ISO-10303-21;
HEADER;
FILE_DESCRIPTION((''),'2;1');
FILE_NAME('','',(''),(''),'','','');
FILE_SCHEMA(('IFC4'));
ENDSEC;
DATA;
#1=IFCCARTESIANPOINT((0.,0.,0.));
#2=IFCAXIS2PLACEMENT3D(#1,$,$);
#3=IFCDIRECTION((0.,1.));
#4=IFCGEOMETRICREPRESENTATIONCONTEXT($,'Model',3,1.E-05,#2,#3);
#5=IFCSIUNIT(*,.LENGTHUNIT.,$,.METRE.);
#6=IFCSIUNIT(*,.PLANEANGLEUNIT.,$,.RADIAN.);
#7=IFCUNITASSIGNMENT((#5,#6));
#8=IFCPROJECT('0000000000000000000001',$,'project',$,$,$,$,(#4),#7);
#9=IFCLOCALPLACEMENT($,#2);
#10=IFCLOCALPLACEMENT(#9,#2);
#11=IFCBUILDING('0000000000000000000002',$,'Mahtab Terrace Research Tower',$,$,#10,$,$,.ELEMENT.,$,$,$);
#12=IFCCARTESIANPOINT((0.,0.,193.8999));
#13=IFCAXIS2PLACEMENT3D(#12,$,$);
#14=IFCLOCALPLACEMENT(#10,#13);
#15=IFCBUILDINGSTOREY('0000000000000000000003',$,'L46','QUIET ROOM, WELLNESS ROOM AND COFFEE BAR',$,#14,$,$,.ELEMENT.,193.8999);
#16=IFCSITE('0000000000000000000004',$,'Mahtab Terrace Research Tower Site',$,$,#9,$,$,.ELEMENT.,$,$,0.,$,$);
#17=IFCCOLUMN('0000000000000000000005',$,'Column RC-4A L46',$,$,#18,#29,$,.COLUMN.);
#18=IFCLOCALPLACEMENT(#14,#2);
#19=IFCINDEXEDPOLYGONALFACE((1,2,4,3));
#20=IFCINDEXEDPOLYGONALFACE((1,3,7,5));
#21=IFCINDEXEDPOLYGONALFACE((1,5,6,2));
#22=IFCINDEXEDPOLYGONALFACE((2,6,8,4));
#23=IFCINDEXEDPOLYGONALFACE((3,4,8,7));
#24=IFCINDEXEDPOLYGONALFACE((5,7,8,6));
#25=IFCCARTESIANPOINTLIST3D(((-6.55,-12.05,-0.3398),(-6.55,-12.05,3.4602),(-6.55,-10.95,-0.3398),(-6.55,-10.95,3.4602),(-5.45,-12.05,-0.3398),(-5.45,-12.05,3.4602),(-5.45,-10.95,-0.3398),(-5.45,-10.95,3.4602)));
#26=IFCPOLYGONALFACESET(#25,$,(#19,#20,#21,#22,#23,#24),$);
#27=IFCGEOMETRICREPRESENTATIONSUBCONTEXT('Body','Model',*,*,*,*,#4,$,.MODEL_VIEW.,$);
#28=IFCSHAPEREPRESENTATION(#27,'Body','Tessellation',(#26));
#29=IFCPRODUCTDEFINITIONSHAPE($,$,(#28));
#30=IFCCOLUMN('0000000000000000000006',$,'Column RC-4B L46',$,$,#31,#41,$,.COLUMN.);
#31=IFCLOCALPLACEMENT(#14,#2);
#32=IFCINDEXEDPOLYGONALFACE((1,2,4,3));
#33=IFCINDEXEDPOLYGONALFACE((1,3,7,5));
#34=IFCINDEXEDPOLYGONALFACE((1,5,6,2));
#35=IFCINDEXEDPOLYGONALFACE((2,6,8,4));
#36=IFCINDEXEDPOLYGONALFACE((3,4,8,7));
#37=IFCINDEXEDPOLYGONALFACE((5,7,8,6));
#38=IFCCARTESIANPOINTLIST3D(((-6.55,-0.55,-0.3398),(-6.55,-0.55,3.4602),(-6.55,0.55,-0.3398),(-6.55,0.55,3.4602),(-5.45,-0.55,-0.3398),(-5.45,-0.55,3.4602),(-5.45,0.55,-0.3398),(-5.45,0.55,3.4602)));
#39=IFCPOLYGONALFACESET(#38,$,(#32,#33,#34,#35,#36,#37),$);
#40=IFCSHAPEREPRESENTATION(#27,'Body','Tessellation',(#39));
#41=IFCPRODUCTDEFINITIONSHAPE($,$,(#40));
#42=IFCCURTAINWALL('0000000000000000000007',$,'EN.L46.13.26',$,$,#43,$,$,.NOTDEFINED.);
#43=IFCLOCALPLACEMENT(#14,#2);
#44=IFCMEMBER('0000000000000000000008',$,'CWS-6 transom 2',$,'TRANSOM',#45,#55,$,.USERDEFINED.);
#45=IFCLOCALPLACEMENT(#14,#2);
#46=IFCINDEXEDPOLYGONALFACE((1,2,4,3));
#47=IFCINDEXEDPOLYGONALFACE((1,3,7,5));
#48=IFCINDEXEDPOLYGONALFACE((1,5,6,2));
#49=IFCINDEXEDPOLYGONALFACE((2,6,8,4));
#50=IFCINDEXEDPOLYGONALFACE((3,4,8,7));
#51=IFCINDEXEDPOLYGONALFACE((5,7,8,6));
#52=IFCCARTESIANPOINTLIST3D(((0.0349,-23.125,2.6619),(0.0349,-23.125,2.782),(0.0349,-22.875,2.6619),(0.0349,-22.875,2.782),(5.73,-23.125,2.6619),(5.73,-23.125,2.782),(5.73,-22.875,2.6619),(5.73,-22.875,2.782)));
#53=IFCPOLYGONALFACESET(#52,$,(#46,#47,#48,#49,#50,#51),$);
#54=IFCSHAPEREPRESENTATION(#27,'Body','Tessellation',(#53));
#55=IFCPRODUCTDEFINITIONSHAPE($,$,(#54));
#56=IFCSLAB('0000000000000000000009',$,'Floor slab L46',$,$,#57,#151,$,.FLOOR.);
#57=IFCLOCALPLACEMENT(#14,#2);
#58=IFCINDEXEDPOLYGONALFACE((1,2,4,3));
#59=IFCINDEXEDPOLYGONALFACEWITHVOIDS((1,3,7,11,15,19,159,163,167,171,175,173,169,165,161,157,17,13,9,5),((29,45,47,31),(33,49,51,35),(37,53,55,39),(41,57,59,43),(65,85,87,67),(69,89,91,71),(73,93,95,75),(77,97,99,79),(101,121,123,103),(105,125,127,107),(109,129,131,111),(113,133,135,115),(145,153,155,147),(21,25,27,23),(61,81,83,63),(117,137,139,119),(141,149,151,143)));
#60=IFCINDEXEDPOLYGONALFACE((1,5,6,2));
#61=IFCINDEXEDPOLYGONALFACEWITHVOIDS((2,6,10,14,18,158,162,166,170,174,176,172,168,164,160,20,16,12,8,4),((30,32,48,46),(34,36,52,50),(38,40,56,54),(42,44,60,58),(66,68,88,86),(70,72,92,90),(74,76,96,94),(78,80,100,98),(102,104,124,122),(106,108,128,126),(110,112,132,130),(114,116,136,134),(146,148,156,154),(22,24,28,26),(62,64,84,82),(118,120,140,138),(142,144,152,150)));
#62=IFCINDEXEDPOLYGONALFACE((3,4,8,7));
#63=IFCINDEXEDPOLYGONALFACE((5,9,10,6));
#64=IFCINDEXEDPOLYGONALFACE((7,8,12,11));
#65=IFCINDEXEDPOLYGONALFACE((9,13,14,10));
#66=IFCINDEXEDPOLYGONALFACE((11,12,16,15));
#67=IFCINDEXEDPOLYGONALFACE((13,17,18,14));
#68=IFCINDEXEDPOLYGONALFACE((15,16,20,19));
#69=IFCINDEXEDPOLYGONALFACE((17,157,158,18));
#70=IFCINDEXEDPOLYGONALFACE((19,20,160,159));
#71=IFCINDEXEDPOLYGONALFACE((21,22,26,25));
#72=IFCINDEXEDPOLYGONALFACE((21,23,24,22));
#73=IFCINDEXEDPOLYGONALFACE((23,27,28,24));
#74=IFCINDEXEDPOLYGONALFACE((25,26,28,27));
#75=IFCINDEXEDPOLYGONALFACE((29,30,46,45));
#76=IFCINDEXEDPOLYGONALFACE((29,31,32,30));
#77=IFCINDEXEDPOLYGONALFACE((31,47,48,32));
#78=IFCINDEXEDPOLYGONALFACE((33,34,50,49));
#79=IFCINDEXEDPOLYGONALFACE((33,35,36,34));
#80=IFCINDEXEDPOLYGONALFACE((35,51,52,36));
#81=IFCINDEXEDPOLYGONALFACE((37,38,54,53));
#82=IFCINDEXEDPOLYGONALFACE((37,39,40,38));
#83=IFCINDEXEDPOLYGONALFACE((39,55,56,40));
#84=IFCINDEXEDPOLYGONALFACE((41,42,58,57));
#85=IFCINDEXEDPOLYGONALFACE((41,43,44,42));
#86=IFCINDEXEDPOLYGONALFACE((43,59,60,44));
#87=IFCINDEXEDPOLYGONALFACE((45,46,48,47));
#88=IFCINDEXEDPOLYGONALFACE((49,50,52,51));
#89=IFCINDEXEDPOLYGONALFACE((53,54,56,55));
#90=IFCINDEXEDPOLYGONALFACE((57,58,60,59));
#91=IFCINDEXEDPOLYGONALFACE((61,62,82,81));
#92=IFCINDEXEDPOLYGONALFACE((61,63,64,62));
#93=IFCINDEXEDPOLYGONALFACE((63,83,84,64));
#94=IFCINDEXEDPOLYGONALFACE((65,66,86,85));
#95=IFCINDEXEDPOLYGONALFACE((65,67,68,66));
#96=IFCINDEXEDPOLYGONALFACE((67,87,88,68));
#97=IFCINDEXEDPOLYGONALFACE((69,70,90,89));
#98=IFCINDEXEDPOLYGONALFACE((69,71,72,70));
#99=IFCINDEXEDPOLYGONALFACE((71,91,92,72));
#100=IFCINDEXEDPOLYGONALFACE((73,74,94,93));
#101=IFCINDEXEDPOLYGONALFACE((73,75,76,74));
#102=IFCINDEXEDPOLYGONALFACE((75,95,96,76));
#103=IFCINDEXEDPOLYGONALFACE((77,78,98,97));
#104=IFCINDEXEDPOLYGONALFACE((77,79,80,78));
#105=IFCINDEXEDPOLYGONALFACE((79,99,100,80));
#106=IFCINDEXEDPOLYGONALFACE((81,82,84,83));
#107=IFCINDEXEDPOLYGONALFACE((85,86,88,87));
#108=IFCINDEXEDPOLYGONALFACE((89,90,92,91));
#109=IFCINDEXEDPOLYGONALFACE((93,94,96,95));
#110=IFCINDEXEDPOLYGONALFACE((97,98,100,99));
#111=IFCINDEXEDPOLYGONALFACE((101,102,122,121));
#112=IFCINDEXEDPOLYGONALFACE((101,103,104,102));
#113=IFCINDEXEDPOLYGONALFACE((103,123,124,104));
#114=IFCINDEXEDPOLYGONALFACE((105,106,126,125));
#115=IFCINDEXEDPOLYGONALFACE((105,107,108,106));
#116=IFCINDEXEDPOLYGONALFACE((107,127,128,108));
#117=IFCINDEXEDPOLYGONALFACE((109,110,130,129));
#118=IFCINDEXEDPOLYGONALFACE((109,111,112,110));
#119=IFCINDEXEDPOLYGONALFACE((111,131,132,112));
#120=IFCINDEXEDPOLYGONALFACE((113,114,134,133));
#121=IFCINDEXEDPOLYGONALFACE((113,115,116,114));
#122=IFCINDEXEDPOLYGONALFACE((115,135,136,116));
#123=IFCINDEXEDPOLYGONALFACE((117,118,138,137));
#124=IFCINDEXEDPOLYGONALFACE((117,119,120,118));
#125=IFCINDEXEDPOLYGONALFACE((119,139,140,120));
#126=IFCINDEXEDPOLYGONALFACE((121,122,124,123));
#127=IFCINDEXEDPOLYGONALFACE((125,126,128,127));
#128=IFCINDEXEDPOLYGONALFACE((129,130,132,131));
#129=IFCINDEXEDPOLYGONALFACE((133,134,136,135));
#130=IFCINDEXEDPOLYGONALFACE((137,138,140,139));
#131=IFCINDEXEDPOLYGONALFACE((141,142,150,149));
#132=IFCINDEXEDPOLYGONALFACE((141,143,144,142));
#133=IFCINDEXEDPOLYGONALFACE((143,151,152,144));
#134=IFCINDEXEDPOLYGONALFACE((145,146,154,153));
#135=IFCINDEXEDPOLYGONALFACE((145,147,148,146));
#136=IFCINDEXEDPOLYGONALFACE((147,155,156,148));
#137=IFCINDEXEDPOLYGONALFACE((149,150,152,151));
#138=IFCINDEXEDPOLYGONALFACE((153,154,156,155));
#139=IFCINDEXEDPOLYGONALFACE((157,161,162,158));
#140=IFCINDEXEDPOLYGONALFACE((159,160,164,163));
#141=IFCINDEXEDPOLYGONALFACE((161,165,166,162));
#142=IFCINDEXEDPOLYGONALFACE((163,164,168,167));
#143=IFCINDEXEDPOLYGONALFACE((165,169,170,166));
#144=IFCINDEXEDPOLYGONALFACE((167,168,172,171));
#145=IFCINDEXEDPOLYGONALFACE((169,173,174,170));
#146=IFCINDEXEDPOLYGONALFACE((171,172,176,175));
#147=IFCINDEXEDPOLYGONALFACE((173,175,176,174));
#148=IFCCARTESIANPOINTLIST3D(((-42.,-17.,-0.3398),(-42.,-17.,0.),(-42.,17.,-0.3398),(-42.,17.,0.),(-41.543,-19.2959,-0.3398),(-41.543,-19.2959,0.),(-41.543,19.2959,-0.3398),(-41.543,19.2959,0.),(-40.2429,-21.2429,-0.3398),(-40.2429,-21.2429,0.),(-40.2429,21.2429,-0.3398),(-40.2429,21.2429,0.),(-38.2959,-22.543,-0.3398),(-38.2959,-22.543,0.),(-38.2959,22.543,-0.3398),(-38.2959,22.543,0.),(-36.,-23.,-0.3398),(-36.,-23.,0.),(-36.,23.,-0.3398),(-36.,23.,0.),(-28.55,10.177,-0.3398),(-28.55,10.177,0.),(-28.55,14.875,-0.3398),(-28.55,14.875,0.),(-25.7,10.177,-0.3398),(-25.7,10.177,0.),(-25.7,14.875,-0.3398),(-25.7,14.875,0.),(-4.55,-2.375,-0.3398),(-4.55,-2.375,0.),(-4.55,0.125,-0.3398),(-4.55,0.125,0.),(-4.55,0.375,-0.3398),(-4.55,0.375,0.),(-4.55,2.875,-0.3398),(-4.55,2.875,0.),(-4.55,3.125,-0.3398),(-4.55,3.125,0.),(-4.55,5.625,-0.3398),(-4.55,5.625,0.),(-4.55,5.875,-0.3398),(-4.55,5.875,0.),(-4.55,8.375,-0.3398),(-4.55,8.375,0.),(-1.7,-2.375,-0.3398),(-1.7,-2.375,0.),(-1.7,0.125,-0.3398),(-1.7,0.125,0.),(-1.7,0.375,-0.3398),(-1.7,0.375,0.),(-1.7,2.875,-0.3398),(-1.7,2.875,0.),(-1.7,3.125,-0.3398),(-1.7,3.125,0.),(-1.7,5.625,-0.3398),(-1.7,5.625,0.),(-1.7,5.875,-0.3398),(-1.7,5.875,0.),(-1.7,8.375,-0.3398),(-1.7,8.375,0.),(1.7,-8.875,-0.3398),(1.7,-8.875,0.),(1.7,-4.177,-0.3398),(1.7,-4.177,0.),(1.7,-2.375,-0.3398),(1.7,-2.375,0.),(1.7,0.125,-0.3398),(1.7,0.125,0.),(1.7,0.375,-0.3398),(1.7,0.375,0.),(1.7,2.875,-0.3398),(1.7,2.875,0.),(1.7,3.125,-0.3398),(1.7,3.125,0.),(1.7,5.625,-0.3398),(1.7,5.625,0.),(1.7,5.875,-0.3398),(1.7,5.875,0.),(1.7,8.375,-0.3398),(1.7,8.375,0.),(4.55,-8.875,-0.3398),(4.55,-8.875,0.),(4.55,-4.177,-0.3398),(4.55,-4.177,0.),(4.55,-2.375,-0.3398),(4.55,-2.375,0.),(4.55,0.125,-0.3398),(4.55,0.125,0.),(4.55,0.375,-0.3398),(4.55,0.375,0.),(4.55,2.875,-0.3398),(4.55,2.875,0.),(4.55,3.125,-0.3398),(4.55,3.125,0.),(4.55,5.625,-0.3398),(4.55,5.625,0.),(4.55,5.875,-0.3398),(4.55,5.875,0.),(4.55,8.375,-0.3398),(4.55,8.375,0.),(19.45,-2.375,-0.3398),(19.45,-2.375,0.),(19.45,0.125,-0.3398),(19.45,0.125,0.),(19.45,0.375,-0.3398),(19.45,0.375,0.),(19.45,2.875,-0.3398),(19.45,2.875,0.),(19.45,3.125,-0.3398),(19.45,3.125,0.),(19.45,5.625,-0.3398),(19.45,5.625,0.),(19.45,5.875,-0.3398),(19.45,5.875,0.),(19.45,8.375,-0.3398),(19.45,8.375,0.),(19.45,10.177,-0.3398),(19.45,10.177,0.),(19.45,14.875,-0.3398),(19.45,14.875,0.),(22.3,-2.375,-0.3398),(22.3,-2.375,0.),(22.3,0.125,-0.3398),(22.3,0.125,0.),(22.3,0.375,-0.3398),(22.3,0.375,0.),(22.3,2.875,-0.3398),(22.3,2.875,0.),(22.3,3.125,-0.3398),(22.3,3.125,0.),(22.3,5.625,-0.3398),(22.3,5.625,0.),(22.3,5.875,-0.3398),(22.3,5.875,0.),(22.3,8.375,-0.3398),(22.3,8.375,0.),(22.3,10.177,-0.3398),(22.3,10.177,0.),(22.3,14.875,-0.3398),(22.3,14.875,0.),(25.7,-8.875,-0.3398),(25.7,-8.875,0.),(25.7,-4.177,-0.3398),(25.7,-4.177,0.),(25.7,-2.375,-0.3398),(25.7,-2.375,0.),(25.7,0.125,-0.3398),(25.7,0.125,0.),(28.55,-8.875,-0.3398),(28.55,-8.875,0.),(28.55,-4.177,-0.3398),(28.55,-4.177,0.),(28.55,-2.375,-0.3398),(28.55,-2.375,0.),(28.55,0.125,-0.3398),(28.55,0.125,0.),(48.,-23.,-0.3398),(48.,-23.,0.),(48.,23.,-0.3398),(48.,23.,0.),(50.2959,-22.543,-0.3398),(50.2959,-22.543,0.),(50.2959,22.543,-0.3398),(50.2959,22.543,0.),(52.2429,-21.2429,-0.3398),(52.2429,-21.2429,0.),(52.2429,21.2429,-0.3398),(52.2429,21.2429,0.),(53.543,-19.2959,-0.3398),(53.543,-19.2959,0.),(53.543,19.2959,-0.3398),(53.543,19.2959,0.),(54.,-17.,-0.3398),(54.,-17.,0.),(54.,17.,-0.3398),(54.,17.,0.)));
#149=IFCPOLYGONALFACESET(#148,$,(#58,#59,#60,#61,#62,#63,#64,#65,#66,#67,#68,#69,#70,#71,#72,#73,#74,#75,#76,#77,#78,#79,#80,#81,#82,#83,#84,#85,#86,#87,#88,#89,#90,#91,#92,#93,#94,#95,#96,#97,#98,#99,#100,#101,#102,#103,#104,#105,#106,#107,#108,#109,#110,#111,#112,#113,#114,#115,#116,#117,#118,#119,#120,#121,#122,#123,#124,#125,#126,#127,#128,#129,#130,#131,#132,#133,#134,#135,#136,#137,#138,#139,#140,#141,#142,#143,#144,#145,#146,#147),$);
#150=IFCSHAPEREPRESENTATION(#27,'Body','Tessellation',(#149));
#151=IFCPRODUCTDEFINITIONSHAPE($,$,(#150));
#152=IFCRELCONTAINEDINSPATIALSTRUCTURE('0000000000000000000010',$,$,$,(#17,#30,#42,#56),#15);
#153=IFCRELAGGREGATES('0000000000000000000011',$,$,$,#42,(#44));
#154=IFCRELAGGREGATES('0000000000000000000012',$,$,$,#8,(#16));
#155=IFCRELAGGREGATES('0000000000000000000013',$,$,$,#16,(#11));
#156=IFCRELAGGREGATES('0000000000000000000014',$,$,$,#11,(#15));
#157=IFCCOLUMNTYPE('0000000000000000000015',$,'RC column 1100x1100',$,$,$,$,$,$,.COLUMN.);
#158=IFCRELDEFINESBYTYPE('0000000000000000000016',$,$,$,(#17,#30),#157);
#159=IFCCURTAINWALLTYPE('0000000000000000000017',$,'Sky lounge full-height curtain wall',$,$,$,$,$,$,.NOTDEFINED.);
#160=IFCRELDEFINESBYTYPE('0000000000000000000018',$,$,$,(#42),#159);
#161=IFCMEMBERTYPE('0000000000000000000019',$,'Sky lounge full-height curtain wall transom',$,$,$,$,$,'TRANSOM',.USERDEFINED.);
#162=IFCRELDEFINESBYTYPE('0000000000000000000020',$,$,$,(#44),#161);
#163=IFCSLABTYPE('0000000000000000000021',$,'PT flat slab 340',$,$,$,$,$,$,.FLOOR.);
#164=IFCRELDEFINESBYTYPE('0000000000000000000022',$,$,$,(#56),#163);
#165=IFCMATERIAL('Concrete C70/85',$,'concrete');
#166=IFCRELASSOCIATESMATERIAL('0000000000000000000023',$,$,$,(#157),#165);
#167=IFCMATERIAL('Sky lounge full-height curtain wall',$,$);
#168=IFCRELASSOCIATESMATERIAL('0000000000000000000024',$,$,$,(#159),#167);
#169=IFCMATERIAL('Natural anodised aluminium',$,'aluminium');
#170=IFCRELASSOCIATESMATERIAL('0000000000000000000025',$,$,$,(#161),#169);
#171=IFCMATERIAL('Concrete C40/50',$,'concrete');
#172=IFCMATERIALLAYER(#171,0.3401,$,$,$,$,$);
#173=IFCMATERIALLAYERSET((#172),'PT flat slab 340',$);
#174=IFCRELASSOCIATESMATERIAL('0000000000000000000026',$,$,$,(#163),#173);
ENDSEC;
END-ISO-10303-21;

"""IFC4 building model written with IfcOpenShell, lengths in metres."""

from ifc_helpers import new_model, si_unit, direction, frame, origin, origin_2d, place, context, subcontext, project, spatial, polyline, rectangle, outline, extrude, material, layer, layer_set, material_profile, profile_set, type_object, element, aggregate, save


model = new_model("IFC4")

# Units and contexts
model_context = context("Model", 3, precision=1e-05, world=origin(), true_north=direction((0.0, 1.0)))
body_context = subcontext(model_context, "Body", "Model", "MODEL_VIEW")
ifc_project = project(units=[si_unit("LENGTHUNIT", "METRE"), si_unit("PLANEANGLEUNIT", "RADIAN")], contexts=[model_context])

# Site, building, storey
site_placement = place(None, origin())
site = spatial("IfcSite", under=ifc_project, at=site_placement, Name="Mahtab Terrace Research Tower Site", CompositionType="ELEMENT", RefElevation=0.0)
building_placement = place(site_placement, origin())
building = spatial("IfcBuilding", under=site, at=building_placement, Name="Mahtab Terrace Research Tower", CompositionType="ELEMENT")
storey_placement = place(building_placement, frame((0.0, 0.0, 193.8999)))
storey = spatial("IfcBuildingStorey", under=building, at=storey_placement, Name="L46", Description="QUIET ROOM, WELLNESS ROOM AND COFFEE BAR", CompositionType="ELEMENT", Elevation=193.8999)

# Columns
ifc_material_1 = material(Name="Concrete C70/85", Category="concrete")
ifc_material_profile_1 = material_profile(ifc_material_1, rectangle(XDim=1.1001, YDim=1.1001, at=origin_2d()), Name="RC column 1100x1100")
ifc_profile_set_1 = profile_set([ifc_material_profile_1], Name="Concrete C70/85")
column_type = type_object("IfcColumnType", Name="RC column 1100x1100", PredefinedType="COLUMN", material=ifc_profile_set_1)
for number, where, z_axis, x_axis, name in (
    (1, (-6.0, -11.5, -0.3398), (0.0, 0.0, 1.0), (1.0, 0.0, 0.0), "Column RC-4A L46"),
    (2, (-6.0, 0.0, -0.3398), (0.0, 0.0, 1.0), (1.0, 0.0, 0.0), "Column RC-4B L46"),
):
    element("IfcColumn", number, at=place(storey_placement, frame(where, z_axis=z_axis, x_axis=x_axis)), inside=storey, type_object=column_type, Name=name, PredefinedType="COLUMN", context=body_context, shape_type="SweptSolid", body=[
        extrude(rectangle(XDim=1.1001, YDim=1.1001, at=origin_2d()), origin(), (0.0, 0.0, 1.0), 3.8),
    ])

# Curtain wall, member
ifc_material_2 = material(Name="Sky lounge full-height curtain wall")
curtain_wall_type = type_object("IfcCurtainWallType", Name="Sky lounge full-height curtain wall", PredefinedType="NOTDEFINED", material=ifc_material_2)
curtain_wall_placement = place(storey_placement, origin())
curtain_wall = element("IfcCurtainWall", 3, at=curtain_wall_placement, inside=storey, type_object=curtain_wall_type, Name="EN.L46.13.26", PredefinedType="NOTDEFINED")
ifc_material_3 = material(Name="Natural anodised aluminium", Category="aluminium")
ifc_material_profile_2 = material_profile(ifc_material_3, rectangle(XDim=0.25, YDim=0.1201, at=origin_2d()), Name="TRANSOM 120x250")
ifc_profile_set_2 = profile_set([ifc_material_profile_2], Name="Natural anodised aluminium")
member_type = type_object("IfcMemberType", Name="Sky lounge full-height curtain wall transom", ElementType="TRANSOM", PredefinedType="USERDEFINED", material=ifc_profile_set_2)
member_placement = place(storey_placement, frame((0.0349, -23.0, 2.7219), z_axis=(1.0, 0.0, 0.0), x_axis=(0.0, 1.0, 0.0)))
member = element("IfcMember", 4, at=member_placement, type_object=member_type, Name="CWS-6 transom 2", ObjectType="TRANSOM", PredefinedType="USERDEFINED", context=body_context, shape_type="SweptSolid", body=[
    extrude(rectangle(XDim=0.25, YDim=0.1201, at=origin_2d()), origin(), (0.0, 0.0, 1.0), 5.6951),
])
aggregate(curtain_wall, [member])

# Slab
ifc_material_4 = material(Name="Concrete C40/50", Category="concrete")
ifc_layer_1 = layer(ifc_material_4, 0.3401)
ifc_layer_set_1 = layer_set([ifc_layer_1], Name="PT flat slab 340")
slab_type_1 = type_object("IfcSlabType", Name="PT flat slab 340", PredefinedType="FLOOR", material=ifc_layer_set_1)
slab_1_placement = place(storey_placement, frame((0.0, 0.0, -0.3398)))
element("IfcSlab", 5, at=slab_1_placement, inside=storey, type_object=slab_type_1, Name="Floor slab L46", PredefinedType="FLOOR", context=body_context, shape_type="SweptSolid", body=[
    extrude(outline(polyline([(53.543, 19.2959), (52.2429, 21.2429), (50.2959, 22.543), (48.0, 23.0), (-36.0, 23.0), (-38.2959, 22.543), (-40.2429, 21.2429), (-41.543, 19.2959), (-42.0, 17.0), (-42.0, -17.0), (-41.543, -19.2959), (-40.2429, -21.2429), (-38.2959, -22.543), (-36.0, -23.0), (48.0, -23.0), (50.2959, -22.543), (52.2429, -21.2429), (53.543, -19.2959), (54.0, -17.0), (54.0, 17.0), (53.543, 19.2959)]), holes=[polyline([(-4.55, -2.375), (-4.55, 0.125), (-1.7, 0.125), (-1.7, -2.375), (-4.55, -2.375)]), polyline([(1.7, -2.375), (1.7, 0.125), (4.55, 0.125), (4.55, -2.375), (1.7, -2.375)]), polyline([(-4.55, 0.375), (-4.55, 2.875), (-1.7, 2.875), (-1.7, 0.375), (-4.55, 0.375)]), polyline([(1.7, 0.375), (1.7, 2.875), (4.55, 2.875), (4.55, 0.375), (1.7, 0.375)]), polyline([(-4.55, 3.125), (-4.55, 5.625), (-1.7, 5.625), (-1.7, 3.125), (-4.55, 3.125)]), polyline([(1.7, 3.125), (1.7, 5.625), (4.55, 5.625), (4.55, 3.125), (1.7, 3.125)]), polyline([(-4.55, 5.875), (-4.55, 8.375), (-1.7, 8.375), (-1.7, 5.875), (-4.55, 5.875)]), polyline([(1.7, 5.875), (1.7, 8.375), (4.55, 8.375), (4.55, 5.875), (1.7, 5.875)]), polyline([(-28.55, 10.177), (-28.55, 14.875), (-25.7, 14.875), (-25.7, 10.177), (-28.55, 10.177)]), polyline([(1.7, -8.875), (1.7, -4.177), (4.55, -4.177), (4.55, -8.875), (1.7, -8.875)]), polyline([(25.7, -8.875), (25.7, -4.177), (28.55, -4.177), (28.55, -8.875), (25.7, -8.875)]), polyline([(19.45, -2.375), (19.45, 0.125), (22.3, 0.125), (22.3, -2.375), (19.45, -2.375)]), polyline([(25.7, -2.375), (25.7, 0.125), (28.55, 0.125), (28.55, -2.375), (25.7, -2.375)]), polyline([(19.45, 0.375), (19.45, 2.875), (22.3, 2.875), (22.3, 0.375), (19.45, 0.375)]), polyline([(19.45, 3.125), (19.45, 5.625), (22.3, 5.625), (22.3, 3.125), (19.45, 3.125)]), polyline([(19.45, 8.375), (22.3, 8.375), (22.3, 5.875), (19.45, 5.875), (19.45, 8.375)]), polyline([(19.45, 14.875), (22.3, 14.875), (22.3, 10.177), (19.45, 10.177), (19.45, 14.875)])]), origin(), (0.0, 0.0, 1.0), 0.3398),
])

save(model, "model.ifc")
